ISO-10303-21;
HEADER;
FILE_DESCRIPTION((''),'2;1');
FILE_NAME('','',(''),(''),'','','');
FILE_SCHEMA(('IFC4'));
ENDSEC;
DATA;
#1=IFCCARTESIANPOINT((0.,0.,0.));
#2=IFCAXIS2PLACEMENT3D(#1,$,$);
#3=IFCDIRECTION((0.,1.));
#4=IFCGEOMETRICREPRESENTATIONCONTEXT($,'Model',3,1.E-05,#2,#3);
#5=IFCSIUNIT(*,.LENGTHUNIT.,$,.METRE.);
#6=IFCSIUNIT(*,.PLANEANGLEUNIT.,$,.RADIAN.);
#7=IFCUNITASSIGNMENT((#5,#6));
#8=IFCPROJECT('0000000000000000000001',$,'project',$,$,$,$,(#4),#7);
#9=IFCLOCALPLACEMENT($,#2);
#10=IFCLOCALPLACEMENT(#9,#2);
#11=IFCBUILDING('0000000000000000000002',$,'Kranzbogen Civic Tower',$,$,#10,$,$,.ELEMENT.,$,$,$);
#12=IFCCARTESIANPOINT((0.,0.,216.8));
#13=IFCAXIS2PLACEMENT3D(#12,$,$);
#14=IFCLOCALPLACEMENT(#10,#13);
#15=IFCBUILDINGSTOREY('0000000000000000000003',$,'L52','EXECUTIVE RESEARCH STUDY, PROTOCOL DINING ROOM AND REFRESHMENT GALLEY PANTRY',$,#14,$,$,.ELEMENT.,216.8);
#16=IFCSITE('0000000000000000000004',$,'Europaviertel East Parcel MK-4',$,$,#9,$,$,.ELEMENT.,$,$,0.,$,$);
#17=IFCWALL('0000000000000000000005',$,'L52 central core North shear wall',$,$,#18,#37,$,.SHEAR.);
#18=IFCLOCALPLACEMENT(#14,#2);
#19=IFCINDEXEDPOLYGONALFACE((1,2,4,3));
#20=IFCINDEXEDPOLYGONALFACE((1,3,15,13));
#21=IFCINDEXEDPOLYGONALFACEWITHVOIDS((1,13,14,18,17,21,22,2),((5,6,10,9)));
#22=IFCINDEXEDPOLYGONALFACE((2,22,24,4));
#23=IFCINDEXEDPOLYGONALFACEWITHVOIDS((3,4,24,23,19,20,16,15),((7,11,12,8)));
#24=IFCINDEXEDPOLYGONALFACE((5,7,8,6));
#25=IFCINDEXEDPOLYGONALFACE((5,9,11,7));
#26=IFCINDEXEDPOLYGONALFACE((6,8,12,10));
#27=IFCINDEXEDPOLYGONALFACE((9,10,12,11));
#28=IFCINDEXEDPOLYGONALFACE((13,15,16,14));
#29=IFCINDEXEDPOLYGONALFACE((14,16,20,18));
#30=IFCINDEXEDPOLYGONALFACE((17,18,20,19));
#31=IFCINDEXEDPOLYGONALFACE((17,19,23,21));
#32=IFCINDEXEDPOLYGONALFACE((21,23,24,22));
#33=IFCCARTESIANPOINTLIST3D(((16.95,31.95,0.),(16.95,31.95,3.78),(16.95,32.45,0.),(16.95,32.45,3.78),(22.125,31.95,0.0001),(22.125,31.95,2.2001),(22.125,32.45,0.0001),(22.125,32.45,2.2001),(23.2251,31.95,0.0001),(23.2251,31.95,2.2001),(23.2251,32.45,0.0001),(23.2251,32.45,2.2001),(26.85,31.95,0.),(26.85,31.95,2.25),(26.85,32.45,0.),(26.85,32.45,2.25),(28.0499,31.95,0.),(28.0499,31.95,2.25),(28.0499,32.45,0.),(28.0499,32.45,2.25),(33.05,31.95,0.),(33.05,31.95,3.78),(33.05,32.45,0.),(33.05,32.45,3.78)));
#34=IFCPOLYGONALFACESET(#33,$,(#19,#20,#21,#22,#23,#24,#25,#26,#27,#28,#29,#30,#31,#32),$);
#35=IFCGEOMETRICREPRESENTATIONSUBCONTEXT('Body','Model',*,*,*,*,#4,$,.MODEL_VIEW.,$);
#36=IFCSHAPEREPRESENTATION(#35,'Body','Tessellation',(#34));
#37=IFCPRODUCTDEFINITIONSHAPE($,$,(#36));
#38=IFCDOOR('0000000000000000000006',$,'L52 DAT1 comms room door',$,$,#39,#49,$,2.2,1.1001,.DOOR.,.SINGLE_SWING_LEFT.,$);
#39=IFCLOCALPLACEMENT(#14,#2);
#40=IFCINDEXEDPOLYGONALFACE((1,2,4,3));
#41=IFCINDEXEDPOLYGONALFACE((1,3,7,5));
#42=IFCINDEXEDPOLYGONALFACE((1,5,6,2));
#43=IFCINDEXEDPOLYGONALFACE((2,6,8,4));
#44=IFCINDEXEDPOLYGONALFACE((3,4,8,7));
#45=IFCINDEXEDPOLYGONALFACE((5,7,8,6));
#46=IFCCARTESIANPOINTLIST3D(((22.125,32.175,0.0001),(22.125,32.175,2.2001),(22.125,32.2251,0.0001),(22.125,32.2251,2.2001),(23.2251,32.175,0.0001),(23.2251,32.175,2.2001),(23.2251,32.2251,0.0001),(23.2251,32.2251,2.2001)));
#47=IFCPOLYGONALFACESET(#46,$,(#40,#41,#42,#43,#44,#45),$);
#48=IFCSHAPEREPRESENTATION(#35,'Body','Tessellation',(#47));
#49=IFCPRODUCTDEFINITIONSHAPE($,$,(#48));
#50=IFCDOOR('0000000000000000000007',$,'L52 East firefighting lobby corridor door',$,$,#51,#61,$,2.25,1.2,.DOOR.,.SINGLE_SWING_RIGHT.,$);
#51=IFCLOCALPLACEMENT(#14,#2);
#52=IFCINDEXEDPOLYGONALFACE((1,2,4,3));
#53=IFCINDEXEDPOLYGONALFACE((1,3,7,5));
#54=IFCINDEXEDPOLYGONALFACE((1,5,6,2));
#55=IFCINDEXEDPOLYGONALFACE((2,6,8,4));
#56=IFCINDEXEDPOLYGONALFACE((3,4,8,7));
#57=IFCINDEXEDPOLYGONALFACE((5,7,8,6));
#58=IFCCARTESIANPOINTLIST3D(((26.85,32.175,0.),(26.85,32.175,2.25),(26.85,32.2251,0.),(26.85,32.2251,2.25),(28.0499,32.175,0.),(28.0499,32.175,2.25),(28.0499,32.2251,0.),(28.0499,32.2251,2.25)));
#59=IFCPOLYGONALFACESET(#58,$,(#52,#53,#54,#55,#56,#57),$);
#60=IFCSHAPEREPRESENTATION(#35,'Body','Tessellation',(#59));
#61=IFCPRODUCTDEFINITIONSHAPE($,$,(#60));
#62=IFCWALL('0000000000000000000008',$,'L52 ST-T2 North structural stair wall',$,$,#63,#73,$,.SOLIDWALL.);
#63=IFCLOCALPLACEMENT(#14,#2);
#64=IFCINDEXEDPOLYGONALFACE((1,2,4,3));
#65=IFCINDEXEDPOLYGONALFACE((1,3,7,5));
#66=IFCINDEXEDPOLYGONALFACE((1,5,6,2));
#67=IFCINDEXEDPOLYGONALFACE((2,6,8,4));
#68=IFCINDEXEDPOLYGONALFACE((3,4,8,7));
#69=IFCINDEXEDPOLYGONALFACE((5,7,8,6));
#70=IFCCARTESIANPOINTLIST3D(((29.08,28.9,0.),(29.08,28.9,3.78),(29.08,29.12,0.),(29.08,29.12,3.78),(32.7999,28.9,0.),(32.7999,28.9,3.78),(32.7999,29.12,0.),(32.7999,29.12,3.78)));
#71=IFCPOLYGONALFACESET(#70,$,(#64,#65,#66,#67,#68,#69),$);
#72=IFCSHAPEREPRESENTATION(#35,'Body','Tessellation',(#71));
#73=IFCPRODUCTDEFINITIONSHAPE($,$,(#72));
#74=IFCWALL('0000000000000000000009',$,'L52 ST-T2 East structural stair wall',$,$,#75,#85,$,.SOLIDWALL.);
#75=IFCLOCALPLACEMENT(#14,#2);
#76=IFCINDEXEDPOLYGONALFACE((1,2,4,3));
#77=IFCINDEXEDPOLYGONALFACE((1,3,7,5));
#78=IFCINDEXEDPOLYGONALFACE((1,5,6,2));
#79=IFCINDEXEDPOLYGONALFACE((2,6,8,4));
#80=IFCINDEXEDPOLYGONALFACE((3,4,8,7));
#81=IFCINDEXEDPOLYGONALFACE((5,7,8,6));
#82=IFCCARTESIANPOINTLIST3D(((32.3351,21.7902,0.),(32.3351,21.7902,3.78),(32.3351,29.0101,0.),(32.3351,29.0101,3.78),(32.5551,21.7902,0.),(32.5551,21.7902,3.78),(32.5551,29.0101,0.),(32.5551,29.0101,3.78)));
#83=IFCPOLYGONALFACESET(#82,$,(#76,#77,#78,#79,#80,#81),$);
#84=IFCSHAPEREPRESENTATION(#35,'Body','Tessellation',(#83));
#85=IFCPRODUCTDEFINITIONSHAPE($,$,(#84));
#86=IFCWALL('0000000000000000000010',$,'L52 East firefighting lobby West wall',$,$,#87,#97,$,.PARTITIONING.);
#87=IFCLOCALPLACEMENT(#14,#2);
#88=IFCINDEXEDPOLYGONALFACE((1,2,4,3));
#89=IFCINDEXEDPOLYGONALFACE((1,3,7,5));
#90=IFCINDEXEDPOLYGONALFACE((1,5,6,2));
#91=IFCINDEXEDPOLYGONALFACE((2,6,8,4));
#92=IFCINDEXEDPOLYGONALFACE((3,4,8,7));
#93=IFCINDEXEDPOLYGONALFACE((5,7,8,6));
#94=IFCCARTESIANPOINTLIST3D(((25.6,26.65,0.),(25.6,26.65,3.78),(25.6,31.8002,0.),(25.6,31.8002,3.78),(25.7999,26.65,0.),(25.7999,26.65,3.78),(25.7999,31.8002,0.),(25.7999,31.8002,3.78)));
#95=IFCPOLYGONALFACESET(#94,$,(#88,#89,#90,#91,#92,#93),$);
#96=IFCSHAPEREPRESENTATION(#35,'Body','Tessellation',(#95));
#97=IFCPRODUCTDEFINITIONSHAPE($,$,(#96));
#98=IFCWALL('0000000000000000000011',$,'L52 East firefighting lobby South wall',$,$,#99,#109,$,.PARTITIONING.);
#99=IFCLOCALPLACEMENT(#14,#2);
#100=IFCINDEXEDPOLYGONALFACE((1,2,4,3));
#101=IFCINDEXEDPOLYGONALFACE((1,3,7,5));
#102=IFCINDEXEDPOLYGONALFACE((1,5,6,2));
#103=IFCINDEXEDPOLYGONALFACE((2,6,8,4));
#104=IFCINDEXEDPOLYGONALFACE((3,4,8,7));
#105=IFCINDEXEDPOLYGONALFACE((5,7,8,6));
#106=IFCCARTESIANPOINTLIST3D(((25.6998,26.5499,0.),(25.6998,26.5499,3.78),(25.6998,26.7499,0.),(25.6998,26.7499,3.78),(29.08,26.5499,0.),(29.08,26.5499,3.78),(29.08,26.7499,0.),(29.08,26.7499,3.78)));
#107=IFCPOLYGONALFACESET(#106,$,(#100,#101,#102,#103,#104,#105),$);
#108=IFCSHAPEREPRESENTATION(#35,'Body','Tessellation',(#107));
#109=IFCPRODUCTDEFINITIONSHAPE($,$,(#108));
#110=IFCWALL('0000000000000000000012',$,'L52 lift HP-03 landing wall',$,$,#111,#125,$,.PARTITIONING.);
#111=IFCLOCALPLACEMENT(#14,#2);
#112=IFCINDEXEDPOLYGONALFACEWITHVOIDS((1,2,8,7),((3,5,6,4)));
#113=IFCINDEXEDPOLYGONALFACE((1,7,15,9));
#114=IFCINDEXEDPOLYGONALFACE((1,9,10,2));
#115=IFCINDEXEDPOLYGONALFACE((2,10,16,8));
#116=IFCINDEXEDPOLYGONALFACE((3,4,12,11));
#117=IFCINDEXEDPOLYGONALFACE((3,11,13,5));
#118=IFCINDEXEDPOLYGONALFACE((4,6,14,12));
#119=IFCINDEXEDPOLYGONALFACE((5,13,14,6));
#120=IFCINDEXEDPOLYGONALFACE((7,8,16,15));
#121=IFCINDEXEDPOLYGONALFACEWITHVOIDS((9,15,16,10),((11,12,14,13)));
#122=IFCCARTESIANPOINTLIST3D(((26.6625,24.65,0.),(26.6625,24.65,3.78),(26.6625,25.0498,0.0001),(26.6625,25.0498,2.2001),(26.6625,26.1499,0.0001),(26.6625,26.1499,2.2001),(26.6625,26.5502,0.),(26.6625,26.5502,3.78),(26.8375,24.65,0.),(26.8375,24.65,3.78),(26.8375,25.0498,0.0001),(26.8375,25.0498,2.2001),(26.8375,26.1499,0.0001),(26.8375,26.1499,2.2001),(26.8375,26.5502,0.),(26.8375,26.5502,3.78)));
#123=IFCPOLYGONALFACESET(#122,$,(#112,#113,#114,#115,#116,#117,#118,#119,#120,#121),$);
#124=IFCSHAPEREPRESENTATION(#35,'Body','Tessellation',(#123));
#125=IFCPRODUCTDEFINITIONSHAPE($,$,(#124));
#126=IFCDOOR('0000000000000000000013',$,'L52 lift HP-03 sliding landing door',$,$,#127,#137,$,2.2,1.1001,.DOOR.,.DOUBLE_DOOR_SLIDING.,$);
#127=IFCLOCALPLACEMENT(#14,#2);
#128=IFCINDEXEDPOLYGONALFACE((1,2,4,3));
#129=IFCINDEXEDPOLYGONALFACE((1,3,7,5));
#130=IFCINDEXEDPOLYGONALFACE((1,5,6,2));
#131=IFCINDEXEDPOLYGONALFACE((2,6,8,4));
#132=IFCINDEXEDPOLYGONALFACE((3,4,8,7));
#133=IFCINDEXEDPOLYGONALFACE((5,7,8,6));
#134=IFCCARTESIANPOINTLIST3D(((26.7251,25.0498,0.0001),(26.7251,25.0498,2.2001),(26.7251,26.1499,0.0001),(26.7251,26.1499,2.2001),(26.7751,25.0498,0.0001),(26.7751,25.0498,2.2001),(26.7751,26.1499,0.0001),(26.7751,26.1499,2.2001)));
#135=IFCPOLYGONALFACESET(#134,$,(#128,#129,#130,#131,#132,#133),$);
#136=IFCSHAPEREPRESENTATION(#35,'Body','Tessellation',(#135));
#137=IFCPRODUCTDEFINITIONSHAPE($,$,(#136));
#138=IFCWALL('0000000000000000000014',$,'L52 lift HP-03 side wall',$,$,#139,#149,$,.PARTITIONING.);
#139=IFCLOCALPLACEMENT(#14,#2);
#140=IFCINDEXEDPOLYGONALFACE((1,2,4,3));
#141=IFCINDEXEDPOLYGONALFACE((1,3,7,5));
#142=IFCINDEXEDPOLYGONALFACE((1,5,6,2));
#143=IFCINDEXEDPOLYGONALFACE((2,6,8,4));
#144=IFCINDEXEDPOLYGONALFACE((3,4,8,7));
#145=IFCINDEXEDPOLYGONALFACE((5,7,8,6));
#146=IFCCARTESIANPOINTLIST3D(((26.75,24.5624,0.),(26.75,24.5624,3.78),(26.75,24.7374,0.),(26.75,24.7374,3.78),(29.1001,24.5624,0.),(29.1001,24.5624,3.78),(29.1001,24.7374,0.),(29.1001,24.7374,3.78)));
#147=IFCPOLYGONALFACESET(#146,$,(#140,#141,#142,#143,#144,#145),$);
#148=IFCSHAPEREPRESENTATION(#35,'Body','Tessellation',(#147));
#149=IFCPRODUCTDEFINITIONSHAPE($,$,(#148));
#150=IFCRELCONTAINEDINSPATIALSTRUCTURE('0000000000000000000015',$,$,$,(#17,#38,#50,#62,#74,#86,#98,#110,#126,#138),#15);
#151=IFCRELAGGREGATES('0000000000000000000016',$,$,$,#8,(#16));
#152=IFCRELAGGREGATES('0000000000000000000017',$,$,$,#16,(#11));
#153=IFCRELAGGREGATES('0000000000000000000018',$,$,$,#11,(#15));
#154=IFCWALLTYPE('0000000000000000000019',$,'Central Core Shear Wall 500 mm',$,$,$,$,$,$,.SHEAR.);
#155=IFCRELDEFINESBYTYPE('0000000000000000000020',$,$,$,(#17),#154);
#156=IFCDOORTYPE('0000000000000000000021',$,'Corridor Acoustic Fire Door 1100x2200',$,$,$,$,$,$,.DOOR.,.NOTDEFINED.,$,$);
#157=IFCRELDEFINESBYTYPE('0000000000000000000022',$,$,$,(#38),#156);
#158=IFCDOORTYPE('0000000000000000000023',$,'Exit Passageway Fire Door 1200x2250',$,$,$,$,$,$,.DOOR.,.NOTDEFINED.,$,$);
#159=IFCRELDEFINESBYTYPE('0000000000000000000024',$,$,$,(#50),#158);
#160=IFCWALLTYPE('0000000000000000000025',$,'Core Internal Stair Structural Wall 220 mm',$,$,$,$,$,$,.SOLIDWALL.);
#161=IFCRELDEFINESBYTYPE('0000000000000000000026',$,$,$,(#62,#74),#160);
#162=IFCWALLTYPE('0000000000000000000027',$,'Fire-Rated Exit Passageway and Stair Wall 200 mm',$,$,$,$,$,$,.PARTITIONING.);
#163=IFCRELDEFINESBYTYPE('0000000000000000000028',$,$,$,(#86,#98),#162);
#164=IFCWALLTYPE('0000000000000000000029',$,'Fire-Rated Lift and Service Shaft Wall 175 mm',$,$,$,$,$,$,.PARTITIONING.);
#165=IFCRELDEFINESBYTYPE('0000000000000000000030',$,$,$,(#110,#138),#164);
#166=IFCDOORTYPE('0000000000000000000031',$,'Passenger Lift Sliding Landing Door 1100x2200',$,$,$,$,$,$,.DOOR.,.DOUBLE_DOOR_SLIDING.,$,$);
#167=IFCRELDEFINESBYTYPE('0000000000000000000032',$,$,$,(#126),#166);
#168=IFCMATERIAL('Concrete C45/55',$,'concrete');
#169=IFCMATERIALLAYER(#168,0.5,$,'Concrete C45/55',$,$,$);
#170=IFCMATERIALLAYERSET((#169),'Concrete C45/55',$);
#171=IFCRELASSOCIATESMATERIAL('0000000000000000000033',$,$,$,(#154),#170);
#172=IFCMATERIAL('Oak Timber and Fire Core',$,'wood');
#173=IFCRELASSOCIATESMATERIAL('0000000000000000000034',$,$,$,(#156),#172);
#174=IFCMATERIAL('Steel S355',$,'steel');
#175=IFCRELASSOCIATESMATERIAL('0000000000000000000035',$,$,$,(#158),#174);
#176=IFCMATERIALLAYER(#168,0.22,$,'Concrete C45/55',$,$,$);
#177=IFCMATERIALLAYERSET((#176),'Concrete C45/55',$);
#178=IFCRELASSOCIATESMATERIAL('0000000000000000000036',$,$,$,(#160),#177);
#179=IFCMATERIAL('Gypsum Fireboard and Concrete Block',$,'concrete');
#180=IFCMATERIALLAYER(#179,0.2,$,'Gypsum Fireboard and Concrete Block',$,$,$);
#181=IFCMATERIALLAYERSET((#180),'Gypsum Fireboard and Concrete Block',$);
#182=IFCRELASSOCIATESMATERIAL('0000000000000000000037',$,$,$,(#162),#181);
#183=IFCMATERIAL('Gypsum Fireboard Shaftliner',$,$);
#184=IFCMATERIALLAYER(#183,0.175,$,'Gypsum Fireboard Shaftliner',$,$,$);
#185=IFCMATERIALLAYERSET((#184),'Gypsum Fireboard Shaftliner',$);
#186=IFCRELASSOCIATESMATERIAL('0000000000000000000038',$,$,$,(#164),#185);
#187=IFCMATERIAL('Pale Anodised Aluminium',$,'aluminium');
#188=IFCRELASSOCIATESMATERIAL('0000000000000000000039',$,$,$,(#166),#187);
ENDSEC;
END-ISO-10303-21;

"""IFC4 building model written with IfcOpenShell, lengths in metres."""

from ifc_helpers import new_model, si_unit, direction, frame, frame_2d, origin, place, context, subcontext, project, spatial, rectangle, extrude, material, layer, layer_set, type_object, element, fill, save


model = new_model("IFC4")

# Units and contexts
model_context = context("Model", 3, precision=1e-05, world=origin(), true_north=direction((0.0, 1.0)))
body_context = subcontext(model_context, "Body", "Model", "MODEL_VIEW")
ifc_project = project(units=[si_unit("LENGTHUNIT", "METRE"), si_unit("PLANEANGLEUNIT", "RADIAN")], contexts=[model_context])

# Site, building, storey
site_placement = place(None, origin())
site = spatial("IfcSite", under=ifc_project, at=site_placement, Name="Europaviertel East Parcel MK-4", CompositionType="ELEMENT", RefElevation=0.0)
building_placement = place(site_placement, origin())
building = spatial("IfcBuilding", under=site, at=building_placement, Name="Kranzbogen Civic Tower", CompositionType="ELEMENT")
storey_placement = place(building_placement, frame((0.0, 0.0, 216.8)))
storey = spatial("IfcBuildingStorey", under=building, at=storey_placement, Name="L52", Description="EXECUTIVE RESEARCH STUDY, PROTOCOL DINING ROOM AND REFRESHMENT GALLEY PANTRY", CompositionType="ELEMENT", Elevation=216.8)

# Shared definitions
ifc_material_1 = material(Name="Steel S355", Category="steel")

# Shared definitions
ifc_material_2 = material(Name="Pale Anodised Aluminium", Category="aluminium")

# Wall, openings, doors
ifc_material_3 = material(Name="Concrete C45/55", Category="concrete")
ifc_layer_1 = layer(ifc_material_3, 0.5, Name="Concrete C45/55")
ifc_layer_set_1 = layer_set([ifc_layer_1], Name="Concrete C45/55")
wall_type_1 = type_object("IfcWallType", Name="Central Core Shear Wall 500 mm", PredefinedType="SHEAR", material=ifc_layer_set_1)
wall_1_placement = place(storey_placement, frame((33.05, 32.2, 0.0), z_axis=(0.0, 0.0, 1.0), x_axis=(-1.0, 0.0, 0.0)))
wall_1 = element("IfcWall", 1, at=wall_1_placement, inside=storey, type_object=wall_type_1, Name="L52 central core North shear wall", PredefinedType="SHEAR", context=body_context, shape_type="SweptSolid", body=[
    extrude(rectangle(XDim=16.1001, YDim=0.5, at=frame_2d((8.05, 0.0))), origin(), (0.0, 0.0, 1.0), 3.78),
])
opening_1_placement = place(wall_1_placement, frame((5.0, 0.0, 0.0)))
opening_1 = element("IfcOpeningElement", 2, at=opening_1_placement, cuts=wall_1, PredefinedType="OPENING", context=body_context, shape_type="SweptSolid", body=[
    extrude(rectangle(XDim=1.2, YDim=2.25, at=frame_2d((0.6001, 1.125))), frame((0.0, 0.26, 0.0), z_axis=(0.0, -1.0, 0.0), x_axis=(1.0, 0.0, 0.0)), (0.0, 0.0, 1.0), 0.52),
])
opening_2_placement = place(wall_1_placement, frame((9.825, 0.0, 0.0)))
opening_2 = element("IfcOpeningElement", 3, at=opening_2_placement, cuts=wall_1, PredefinedType="OPENING", context=body_context, shape_type="SweptSolid", body=[
    extrude(rectangle(XDim=1.1001, YDim=2.2, at=frame_2d((0.55, 1.1001))), frame((0.0, 0.26, 0.0), z_axis=(0.0, -1.0, 0.0), x_axis=(1.0, 0.0, 0.0)), (0.0, 0.0, 1.0), 0.52),
])
ifc_material_4 = material(Name="Oak Timber and Fire Core", Category="wood")
door_type_1 = type_object("IfcDoorType", Name="Corridor Acoustic Fire Door 1100x2200", OperationType="NOTDEFINED", PredefinedType="DOOR", material=ifc_material_4)
door_1_placement = place(opening_2_placement, origin())
door_1 = element("IfcDoor", 4, at=door_1_placement, inside=storey, type_object=door_type_1, Name="L52 DAT1 comms room door", OperationType="SINGLE_SWING_LEFT", OverallHeight=2.2, OverallWidth=1.1001, PredefinedType="DOOR", context=body_context, shape_type="SweptSolid", body=[
    extrude(rectangle(XDim=1.1001, YDim=2.2, at=frame_2d((0.55, 1.1001))), frame((0.0, 0.0249, 0.0), z_axis=(0.0, -1.0, 0.0), x_axis=(1.0, 0.0, 0.0)), (0.0, 0.0, 1.0), 0.05),
])
fill(opening_2, door_1)
door_type_2 = type_object("IfcDoorType", Name="Exit Passageway Fire Door 1200x2250", OperationType="NOTDEFINED", PredefinedType="DOOR", material=ifc_material_1)
door_2_placement = place(opening_1_placement, origin())
door_2 = element("IfcDoor", 5, at=door_2_placement, inside=storey, type_object=door_type_2, Name="L52 East firefighting lobby corridor door", OperationType="SINGLE_SWING_RIGHT", OverallHeight=2.25, OverallWidth=1.2, PredefinedType="DOOR", context=body_context, shape_type="SweptSolid", body=[
    extrude(rectangle(XDim=1.2, YDim=2.25, at=frame_2d((0.6001, 1.125))), frame((0.0, 0.0249, 0.0), z_axis=(0.0, -1.0, 0.0), x_axis=(1.0, 0.0, 0.0)), (0.0, 0.0, 1.0), 0.05),
])
fill(opening_1, door_2)

# Walls
ifc_layer_2 = layer(ifc_material_3, 0.22, Name="Concrete C45/55")
ifc_layer_set_2 = layer_set([ifc_layer_2], Name="Concrete C45/55")
wall_type_2 = type_object("IfcWallType", Name="Core Internal Stair Structural Wall 220 mm", PredefinedType="SOLIDWALL", material=ifc_layer_set_2)
wall_2_placement = place(storey_placement, frame((29.0801, 29.01, 0.0), z_axis=(0.0, 0.0, 1.0), x_axis=(1.0, 0.0, 0.0)))
element("IfcWall", 6, at=wall_2_placement, inside=storey, type_object=wall_type_2, Name="L52 ST-T2 North structural stair wall", PredefinedType="SOLIDWALL", context=body_context, shape_type="SweptSolid", body=[
    extrude(rectangle(XDim=3.72, YDim=0.22, at=frame_2d((1.8599, 0.0))), origin(), (0.0, 0.0, 1.0), 3.78),
])
wall_3_placement = place(storey_placement, frame((32.4451, 29.01, 0.0), z_axis=(0.0, 0.0, 1.0), x_axis=(0.0, -1.0, 0.0)))
element("IfcWall", 7, at=wall_3_placement, inside=storey, type_object=wall_type_2, Name="L52 ST-T2 East structural stair wall", PredefinedType="SOLIDWALL", context=body_context, shape_type="SweptSolid", body=[
    extrude(rectangle(XDim=7.22, YDim=0.22, at=frame_2d((3.6099, 0.0))), origin(), (0.0, 0.0, 1.0), 3.78),
])
ifc_material_5 = material(Name="Gypsum Fireboard and Concrete Block", Category="concrete")
ifc_layer_3 = layer(ifc_material_5, 0.2, Name="Gypsum Fireboard and Concrete Block")
ifc_layer_set_3 = layer_set([ifc_layer_3], Name="Gypsum Fireboard and Concrete Block")
wall_type_3 = type_object("IfcWallType", Name="Fire-Rated Exit Passageway and Stair Wall 200 mm", PredefinedType="PARTITIONING", material=ifc_layer_set_3)
wall_4_placement = place(storey_placement, frame((25.7, 26.6499, 0.0), z_axis=(0.0, 0.0, 1.0), x_axis=(0.0, 1.0, 0.0)))
element("IfcWall", 8, at=wall_4_placement, inside=storey, type_object=wall_type_3, Name="L52 East firefighting lobby West wall", PredefinedType="PARTITIONING", context=body_context, shape_type="SweptSolid", body=[
    extrude(rectangle(XDim=5.1501, YDim=0.2, at=frame_2d((2.5752, 0.0))), origin(), (0.0, 0.0, 1.0), 3.78),
])
wall_5_placement = place(storey_placement, frame((25.7, 26.6499, 0.0), z_axis=(0.0, 0.0, 1.0), x_axis=(1.0, 0.0, 0.0)))
element("IfcWall", 9, at=wall_5_placement, inside=storey, type_object=wall_type_3, Name="L52 East firefighting lobby South wall", PredefinedType="PARTITIONING", context=body_context, shape_type="SweptSolid", body=[
    extrude(rectangle(XDim=3.3801, YDim=0.2, at=frame_2d((1.6899, 0.0))), origin(), (0.0, 0.0, 1.0), 3.78),
])

# Wall, opening, door
ifc_material_6 = material(Name="Gypsum Fireboard Shaftliner")
ifc_layer_4 = layer(ifc_material_6, 0.175, Name="Gypsum Fireboard Shaftliner")
ifc_layer_set_4 = layer_set([ifc_layer_4], Name="Gypsum Fireboard Shaftliner")
wall_type_4 = type_object("IfcWallType", Name="Fire-Rated Lift and Service Shaft Wall 175 mm", PredefinedType="PARTITIONING", material=ifc_layer_set_4)
wall_6_placement = place(storey_placement, frame((26.75, 24.6499, 0.0), z_axis=(0.0, 0.0, 1.0), x_axis=(0.0, 1.0, 0.0)))
wall_6 = element("IfcWall", 10, at=wall_6_placement, inside=storey, type_object=wall_type_4, Name="L52 lift HP-03 landing wall", PredefinedType="PARTITIONING", context=body_context, shape_type="SweptSolid", body=[
    extrude(rectangle(XDim=1.9001, YDim=0.175, at=frame_2d((0.9502, 0.0))), origin(), (0.0, 0.0, 1.0), 3.78),
])
opening_3_placement = place(wall_6_placement, frame((0.3999, 0.0, 0.0)))
opening_3 = element("IfcOpeningElement", 11, at=opening_3_placement, cuts=wall_6, PredefinedType="OPENING", context=body_context, shape_type="SweptSolid", body=[
    extrude(rectangle(XDim=1.1001, YDim=2.2, at=frame_2d((0.55, 1.1001))), frame((0.0, 0.0977, 0.0), z_axis=(0.0, -1.0, 0.0), x_axis=(1.0, 0.0, 0.0)), (0.0, 0.0, 1.0), 0.1951),
])
door_type_3 = type_object("IfcDoorType", Name="Passenger Lift Sliding Landing Door 1100x2200", OperationType="DOUBLE_DOOR_SLIDING", PredefinedType="DOOR", material=ifc_material_2)
door_3_placement = place(opening_3_placement, origin())
door_3 = element("IfcDoor", 12, at=door_3_placement, inside=storey, type_object=door_type_3, Name="L52 lift HP-03 sliding landing door", OperationType="DOUBLE_DOOR_SLIDING", OverallHeight=2.2, OverallWidth=1.1001, PredefinedType="DOOR", context=body_context, shape_type="SweptSolid", body=[
    extrude(rectangle(XDim=1.1001, YDim=2.2, at=frame_2d((0.55, 1.1001))), frame((0.0, 0.0249, 0.0), z_axis=(0.0, -1.0, 0.0), x_axis=(1.0, 0.0, 0.0)), (0.0, 0.0, 1.0), 0.05),
])
fill(opening_3, door_3)

# Wall
wall_7_placement = place(storey_placement, frame((26.75, 24.6499, 0.0), z_axis=(0.0, 0.0, 1.0), x_axis=(1.0, 0.0, 0.0)))
element("IfcWall", 13, at=wall_7_placement, inside=storey, type_object=wall_type_4, Name="L52 lift HP-03 side wall", PredefinedType="PARTITIONING", context=body_context, shape_type="SweptSolid", body=[
    extrude(rectangle(XDim=2.3501, YDim=0.175, at=frame_2d((1.175, 0.0))), origin(), (0.0, 0.0, 1.0), 3.78),
])

save(model, "model.ifc")
